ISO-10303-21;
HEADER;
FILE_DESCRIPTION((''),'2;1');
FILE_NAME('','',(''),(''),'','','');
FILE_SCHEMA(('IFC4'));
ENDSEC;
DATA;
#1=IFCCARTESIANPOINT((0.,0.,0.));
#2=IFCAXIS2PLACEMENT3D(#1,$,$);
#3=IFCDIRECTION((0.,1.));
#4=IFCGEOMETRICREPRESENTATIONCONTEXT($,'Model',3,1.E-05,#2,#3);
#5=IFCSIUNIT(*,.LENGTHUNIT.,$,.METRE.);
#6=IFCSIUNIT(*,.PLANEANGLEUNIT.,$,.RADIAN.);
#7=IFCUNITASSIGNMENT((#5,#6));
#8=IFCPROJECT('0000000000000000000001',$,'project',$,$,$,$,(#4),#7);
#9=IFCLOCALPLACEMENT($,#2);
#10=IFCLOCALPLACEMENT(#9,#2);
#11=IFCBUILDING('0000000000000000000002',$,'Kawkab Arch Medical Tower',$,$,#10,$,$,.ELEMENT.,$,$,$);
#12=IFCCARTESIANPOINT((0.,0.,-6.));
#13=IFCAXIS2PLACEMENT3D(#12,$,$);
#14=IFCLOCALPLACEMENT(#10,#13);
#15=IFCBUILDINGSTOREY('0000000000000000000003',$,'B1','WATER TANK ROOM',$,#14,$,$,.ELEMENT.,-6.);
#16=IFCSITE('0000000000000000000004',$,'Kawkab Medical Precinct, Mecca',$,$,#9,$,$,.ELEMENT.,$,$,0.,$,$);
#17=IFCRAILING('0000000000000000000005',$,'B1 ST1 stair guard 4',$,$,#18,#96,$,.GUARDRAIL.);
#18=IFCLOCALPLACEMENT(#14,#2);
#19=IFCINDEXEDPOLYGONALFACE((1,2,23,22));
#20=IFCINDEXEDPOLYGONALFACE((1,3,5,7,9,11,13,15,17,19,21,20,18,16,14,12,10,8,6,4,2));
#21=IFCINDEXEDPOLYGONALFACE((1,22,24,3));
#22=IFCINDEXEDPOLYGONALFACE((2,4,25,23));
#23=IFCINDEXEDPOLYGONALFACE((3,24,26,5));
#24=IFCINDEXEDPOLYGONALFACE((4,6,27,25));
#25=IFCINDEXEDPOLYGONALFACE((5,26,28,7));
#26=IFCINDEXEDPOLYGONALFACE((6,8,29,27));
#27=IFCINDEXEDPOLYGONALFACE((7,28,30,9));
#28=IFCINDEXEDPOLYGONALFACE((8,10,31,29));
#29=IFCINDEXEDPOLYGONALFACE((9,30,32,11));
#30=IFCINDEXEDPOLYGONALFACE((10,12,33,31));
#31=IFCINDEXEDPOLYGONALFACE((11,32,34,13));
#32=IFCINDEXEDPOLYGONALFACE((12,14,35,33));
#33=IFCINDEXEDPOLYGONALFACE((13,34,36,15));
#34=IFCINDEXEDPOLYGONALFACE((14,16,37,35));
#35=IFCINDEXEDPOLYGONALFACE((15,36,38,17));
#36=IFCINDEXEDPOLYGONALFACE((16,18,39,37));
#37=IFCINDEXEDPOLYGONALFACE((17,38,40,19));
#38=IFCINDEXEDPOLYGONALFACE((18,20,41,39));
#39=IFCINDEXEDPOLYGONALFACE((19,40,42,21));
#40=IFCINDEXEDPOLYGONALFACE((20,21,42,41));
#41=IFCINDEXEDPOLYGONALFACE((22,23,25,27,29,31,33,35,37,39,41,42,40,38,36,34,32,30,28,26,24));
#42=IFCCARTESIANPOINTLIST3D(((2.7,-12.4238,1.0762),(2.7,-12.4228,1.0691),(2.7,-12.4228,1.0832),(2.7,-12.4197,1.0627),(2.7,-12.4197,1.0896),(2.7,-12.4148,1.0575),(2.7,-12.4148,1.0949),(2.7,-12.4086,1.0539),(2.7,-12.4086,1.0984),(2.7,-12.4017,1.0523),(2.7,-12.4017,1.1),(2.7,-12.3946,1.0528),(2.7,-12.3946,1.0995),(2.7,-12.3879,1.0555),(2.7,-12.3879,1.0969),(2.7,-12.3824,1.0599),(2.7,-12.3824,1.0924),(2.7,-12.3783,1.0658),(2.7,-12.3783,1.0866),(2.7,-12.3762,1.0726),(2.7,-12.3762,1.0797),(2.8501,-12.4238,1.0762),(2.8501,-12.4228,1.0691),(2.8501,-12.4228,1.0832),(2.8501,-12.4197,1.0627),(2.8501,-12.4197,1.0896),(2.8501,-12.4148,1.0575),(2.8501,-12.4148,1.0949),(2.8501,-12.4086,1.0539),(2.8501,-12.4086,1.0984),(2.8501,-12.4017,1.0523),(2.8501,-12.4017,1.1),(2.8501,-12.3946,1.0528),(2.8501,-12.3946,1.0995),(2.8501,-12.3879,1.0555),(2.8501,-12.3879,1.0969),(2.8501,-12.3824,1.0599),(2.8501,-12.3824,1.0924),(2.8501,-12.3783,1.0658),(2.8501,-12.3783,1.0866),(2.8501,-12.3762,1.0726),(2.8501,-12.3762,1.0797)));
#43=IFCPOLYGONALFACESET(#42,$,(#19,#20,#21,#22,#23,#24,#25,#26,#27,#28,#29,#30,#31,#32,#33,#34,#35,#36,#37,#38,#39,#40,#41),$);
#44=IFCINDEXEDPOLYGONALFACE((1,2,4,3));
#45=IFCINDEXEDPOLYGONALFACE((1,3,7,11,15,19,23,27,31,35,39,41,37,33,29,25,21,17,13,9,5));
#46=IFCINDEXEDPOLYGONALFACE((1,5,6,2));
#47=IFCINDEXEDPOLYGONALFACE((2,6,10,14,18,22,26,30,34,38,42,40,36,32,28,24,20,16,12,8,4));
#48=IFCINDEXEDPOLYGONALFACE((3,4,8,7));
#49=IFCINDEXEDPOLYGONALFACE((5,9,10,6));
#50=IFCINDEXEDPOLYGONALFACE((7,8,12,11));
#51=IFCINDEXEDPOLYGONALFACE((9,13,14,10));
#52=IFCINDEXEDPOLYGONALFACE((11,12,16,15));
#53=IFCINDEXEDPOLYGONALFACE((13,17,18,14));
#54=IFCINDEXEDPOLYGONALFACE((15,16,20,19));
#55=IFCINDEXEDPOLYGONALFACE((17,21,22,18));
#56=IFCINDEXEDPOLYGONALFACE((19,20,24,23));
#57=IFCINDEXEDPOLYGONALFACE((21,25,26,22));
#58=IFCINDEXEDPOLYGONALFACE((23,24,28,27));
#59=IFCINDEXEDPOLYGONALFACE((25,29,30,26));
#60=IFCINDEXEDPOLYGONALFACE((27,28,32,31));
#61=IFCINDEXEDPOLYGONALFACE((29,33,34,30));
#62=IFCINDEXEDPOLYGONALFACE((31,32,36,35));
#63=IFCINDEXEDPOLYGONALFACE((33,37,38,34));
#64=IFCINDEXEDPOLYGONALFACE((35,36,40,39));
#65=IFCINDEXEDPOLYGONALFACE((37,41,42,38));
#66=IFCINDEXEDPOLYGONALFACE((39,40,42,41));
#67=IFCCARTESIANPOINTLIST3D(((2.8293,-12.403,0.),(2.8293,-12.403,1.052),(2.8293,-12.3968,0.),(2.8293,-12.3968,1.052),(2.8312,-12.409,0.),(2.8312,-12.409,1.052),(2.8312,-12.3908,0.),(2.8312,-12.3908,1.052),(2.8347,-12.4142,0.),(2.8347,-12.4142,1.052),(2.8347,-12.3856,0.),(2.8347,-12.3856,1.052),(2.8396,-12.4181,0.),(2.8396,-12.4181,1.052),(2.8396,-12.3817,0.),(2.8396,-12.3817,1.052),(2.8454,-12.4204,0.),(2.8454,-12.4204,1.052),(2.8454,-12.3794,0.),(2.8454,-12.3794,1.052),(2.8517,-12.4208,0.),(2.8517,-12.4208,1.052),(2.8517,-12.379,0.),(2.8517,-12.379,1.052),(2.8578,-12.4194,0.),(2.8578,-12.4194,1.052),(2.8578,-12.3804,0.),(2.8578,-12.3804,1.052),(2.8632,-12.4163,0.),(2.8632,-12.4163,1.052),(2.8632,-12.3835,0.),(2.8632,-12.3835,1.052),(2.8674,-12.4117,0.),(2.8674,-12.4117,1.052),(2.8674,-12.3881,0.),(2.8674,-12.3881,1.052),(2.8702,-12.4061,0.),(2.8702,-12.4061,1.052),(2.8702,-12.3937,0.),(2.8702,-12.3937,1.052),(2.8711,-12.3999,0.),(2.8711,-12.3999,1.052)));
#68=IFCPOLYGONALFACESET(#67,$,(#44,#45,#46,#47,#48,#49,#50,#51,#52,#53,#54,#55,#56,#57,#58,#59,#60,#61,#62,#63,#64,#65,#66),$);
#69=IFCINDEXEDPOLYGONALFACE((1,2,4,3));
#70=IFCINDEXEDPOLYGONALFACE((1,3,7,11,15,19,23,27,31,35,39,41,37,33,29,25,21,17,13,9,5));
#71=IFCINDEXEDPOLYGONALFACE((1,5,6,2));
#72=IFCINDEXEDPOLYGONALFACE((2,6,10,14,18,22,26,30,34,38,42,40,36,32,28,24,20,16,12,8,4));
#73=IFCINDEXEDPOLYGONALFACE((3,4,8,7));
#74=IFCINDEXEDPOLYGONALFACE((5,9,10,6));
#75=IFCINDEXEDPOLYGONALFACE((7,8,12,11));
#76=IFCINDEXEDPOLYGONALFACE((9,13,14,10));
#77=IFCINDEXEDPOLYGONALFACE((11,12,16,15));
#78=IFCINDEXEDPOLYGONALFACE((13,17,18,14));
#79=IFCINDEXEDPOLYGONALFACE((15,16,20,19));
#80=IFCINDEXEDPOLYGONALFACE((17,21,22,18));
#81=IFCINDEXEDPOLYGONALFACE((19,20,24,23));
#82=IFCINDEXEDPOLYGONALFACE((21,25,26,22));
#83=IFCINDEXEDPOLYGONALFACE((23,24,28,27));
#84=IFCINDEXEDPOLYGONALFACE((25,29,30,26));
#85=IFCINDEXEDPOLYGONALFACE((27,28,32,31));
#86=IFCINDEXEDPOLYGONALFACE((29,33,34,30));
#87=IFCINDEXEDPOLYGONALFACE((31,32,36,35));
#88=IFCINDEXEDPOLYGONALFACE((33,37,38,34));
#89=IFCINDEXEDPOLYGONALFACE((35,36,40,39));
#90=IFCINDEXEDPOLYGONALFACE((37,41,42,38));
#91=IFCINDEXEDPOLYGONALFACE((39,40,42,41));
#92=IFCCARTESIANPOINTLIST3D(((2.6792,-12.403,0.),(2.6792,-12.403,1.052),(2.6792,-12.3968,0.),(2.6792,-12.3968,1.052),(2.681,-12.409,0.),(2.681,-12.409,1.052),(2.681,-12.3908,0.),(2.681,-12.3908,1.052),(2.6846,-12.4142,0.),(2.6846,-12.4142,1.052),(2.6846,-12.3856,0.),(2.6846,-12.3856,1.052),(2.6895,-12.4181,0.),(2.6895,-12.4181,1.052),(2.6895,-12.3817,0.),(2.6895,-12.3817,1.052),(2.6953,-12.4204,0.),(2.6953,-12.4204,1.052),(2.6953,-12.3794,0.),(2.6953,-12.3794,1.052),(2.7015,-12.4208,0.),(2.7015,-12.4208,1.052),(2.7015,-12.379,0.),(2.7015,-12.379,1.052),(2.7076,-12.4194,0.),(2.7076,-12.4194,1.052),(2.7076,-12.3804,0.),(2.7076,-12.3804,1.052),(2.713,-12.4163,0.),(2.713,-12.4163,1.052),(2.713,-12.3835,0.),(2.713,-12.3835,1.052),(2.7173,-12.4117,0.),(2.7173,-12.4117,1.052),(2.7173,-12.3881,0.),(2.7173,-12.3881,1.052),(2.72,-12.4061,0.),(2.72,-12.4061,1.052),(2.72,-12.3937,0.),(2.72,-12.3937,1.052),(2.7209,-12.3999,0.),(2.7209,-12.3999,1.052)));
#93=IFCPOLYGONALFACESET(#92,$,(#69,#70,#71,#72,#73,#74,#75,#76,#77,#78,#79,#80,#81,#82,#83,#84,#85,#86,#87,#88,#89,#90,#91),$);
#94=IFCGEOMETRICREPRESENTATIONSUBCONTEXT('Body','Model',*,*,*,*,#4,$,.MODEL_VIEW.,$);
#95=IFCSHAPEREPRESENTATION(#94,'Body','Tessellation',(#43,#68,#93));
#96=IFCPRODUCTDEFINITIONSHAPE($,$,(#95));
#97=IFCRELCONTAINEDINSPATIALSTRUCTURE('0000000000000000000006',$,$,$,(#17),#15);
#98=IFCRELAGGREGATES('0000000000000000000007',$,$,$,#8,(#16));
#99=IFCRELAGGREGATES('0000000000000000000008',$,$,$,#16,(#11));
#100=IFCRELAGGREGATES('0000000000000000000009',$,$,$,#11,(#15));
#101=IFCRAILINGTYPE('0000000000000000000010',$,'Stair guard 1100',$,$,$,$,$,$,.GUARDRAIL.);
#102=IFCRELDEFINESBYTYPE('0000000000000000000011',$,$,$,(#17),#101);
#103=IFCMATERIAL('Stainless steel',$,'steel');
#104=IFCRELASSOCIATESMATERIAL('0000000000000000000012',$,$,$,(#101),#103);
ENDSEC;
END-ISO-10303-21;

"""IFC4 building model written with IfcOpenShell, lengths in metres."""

from ifc_helpers import new_model, si_unit, direction, frame, origin, origin_2d, place, context, subcontext, project, spatial, circle, extrude, material, type_object, element, save


model = new_model("IFC4")

# Units and contexts
model_context = context("Model", 3, precision=1e-05, world=origin(), true_north=direction((0.0, 1.0)))
body_context = subcontext(model_context, "Body", "Model", "MODEL_VIEW")
ifc_project = project(units=[si_unit("LENGTHUNIT", "METRE"), si_unit("PLANEANGLEUNIT", "RADIAN")], contexts=[model_context])

# Site, building, storey
site_placement = place(None, origin())
site = spatial("IfcSite", under=ifc_project, at=site_placement, Name="Kawkab Medical Precinct, Mecca", CompositionType="ELEMENT", RefElevation=0.0)
building_placement = place(site_placement, origin())
building = spatial("IfcBuilding", under=site, at=building_placement, Name="Kawkab Arch Medical Tower", CompositionType="ELEMENT")
storey_placement = place(building_placement, frame((0.0, 0.0, -6.0)))
storey = spatial("IfcBuildingStorey", under=building, at=storey_placement, Name="B1", Description="WATER TANK ROOM", CompositionType="ELEMENT", Elevation=-6.0)

# Railing
ifc_material_1 = material(Name="Stainless steel", Category="steel")
railing_type = type_object("IfcRailingType", Name="Stair guard 1100", PredefinedType="GUARDRAIL", material=ifc_material_1)
railing_1_placement = place(storey_placement, frame((2.8501, -12.3999, 0.0)))
element("IfcRailing", 1, at=railing_1_placement, inside=storey, type_object=railing_type, Name="B1 ST1 stair guard 4", PredefinedType="GUARDRAIL", context=body_context, shape_type="SweptSolid", body=[
    extrude(circle(Radius=0.0239, at=origin_2d()), frame((0.0, 0.0, 1.0762), z_axis=(-1.0, 0.0, 0.0), x_axis=(0.0, -1.0, 0.0)), (0.0, 0.0, 1.0), 0.1501),
    extrude(circle(Radius=0.021, at=origin_2d()), origin(), (0.0, 0.0, 1.0), 1.052),
    extrude(circle(Radius=0.021, at=origin_2d()), frame((-0.1501, 0.0, 0.0)), (0.0, 0.0, 1.0), 1.052),
])

save(model, "model.ifc")
